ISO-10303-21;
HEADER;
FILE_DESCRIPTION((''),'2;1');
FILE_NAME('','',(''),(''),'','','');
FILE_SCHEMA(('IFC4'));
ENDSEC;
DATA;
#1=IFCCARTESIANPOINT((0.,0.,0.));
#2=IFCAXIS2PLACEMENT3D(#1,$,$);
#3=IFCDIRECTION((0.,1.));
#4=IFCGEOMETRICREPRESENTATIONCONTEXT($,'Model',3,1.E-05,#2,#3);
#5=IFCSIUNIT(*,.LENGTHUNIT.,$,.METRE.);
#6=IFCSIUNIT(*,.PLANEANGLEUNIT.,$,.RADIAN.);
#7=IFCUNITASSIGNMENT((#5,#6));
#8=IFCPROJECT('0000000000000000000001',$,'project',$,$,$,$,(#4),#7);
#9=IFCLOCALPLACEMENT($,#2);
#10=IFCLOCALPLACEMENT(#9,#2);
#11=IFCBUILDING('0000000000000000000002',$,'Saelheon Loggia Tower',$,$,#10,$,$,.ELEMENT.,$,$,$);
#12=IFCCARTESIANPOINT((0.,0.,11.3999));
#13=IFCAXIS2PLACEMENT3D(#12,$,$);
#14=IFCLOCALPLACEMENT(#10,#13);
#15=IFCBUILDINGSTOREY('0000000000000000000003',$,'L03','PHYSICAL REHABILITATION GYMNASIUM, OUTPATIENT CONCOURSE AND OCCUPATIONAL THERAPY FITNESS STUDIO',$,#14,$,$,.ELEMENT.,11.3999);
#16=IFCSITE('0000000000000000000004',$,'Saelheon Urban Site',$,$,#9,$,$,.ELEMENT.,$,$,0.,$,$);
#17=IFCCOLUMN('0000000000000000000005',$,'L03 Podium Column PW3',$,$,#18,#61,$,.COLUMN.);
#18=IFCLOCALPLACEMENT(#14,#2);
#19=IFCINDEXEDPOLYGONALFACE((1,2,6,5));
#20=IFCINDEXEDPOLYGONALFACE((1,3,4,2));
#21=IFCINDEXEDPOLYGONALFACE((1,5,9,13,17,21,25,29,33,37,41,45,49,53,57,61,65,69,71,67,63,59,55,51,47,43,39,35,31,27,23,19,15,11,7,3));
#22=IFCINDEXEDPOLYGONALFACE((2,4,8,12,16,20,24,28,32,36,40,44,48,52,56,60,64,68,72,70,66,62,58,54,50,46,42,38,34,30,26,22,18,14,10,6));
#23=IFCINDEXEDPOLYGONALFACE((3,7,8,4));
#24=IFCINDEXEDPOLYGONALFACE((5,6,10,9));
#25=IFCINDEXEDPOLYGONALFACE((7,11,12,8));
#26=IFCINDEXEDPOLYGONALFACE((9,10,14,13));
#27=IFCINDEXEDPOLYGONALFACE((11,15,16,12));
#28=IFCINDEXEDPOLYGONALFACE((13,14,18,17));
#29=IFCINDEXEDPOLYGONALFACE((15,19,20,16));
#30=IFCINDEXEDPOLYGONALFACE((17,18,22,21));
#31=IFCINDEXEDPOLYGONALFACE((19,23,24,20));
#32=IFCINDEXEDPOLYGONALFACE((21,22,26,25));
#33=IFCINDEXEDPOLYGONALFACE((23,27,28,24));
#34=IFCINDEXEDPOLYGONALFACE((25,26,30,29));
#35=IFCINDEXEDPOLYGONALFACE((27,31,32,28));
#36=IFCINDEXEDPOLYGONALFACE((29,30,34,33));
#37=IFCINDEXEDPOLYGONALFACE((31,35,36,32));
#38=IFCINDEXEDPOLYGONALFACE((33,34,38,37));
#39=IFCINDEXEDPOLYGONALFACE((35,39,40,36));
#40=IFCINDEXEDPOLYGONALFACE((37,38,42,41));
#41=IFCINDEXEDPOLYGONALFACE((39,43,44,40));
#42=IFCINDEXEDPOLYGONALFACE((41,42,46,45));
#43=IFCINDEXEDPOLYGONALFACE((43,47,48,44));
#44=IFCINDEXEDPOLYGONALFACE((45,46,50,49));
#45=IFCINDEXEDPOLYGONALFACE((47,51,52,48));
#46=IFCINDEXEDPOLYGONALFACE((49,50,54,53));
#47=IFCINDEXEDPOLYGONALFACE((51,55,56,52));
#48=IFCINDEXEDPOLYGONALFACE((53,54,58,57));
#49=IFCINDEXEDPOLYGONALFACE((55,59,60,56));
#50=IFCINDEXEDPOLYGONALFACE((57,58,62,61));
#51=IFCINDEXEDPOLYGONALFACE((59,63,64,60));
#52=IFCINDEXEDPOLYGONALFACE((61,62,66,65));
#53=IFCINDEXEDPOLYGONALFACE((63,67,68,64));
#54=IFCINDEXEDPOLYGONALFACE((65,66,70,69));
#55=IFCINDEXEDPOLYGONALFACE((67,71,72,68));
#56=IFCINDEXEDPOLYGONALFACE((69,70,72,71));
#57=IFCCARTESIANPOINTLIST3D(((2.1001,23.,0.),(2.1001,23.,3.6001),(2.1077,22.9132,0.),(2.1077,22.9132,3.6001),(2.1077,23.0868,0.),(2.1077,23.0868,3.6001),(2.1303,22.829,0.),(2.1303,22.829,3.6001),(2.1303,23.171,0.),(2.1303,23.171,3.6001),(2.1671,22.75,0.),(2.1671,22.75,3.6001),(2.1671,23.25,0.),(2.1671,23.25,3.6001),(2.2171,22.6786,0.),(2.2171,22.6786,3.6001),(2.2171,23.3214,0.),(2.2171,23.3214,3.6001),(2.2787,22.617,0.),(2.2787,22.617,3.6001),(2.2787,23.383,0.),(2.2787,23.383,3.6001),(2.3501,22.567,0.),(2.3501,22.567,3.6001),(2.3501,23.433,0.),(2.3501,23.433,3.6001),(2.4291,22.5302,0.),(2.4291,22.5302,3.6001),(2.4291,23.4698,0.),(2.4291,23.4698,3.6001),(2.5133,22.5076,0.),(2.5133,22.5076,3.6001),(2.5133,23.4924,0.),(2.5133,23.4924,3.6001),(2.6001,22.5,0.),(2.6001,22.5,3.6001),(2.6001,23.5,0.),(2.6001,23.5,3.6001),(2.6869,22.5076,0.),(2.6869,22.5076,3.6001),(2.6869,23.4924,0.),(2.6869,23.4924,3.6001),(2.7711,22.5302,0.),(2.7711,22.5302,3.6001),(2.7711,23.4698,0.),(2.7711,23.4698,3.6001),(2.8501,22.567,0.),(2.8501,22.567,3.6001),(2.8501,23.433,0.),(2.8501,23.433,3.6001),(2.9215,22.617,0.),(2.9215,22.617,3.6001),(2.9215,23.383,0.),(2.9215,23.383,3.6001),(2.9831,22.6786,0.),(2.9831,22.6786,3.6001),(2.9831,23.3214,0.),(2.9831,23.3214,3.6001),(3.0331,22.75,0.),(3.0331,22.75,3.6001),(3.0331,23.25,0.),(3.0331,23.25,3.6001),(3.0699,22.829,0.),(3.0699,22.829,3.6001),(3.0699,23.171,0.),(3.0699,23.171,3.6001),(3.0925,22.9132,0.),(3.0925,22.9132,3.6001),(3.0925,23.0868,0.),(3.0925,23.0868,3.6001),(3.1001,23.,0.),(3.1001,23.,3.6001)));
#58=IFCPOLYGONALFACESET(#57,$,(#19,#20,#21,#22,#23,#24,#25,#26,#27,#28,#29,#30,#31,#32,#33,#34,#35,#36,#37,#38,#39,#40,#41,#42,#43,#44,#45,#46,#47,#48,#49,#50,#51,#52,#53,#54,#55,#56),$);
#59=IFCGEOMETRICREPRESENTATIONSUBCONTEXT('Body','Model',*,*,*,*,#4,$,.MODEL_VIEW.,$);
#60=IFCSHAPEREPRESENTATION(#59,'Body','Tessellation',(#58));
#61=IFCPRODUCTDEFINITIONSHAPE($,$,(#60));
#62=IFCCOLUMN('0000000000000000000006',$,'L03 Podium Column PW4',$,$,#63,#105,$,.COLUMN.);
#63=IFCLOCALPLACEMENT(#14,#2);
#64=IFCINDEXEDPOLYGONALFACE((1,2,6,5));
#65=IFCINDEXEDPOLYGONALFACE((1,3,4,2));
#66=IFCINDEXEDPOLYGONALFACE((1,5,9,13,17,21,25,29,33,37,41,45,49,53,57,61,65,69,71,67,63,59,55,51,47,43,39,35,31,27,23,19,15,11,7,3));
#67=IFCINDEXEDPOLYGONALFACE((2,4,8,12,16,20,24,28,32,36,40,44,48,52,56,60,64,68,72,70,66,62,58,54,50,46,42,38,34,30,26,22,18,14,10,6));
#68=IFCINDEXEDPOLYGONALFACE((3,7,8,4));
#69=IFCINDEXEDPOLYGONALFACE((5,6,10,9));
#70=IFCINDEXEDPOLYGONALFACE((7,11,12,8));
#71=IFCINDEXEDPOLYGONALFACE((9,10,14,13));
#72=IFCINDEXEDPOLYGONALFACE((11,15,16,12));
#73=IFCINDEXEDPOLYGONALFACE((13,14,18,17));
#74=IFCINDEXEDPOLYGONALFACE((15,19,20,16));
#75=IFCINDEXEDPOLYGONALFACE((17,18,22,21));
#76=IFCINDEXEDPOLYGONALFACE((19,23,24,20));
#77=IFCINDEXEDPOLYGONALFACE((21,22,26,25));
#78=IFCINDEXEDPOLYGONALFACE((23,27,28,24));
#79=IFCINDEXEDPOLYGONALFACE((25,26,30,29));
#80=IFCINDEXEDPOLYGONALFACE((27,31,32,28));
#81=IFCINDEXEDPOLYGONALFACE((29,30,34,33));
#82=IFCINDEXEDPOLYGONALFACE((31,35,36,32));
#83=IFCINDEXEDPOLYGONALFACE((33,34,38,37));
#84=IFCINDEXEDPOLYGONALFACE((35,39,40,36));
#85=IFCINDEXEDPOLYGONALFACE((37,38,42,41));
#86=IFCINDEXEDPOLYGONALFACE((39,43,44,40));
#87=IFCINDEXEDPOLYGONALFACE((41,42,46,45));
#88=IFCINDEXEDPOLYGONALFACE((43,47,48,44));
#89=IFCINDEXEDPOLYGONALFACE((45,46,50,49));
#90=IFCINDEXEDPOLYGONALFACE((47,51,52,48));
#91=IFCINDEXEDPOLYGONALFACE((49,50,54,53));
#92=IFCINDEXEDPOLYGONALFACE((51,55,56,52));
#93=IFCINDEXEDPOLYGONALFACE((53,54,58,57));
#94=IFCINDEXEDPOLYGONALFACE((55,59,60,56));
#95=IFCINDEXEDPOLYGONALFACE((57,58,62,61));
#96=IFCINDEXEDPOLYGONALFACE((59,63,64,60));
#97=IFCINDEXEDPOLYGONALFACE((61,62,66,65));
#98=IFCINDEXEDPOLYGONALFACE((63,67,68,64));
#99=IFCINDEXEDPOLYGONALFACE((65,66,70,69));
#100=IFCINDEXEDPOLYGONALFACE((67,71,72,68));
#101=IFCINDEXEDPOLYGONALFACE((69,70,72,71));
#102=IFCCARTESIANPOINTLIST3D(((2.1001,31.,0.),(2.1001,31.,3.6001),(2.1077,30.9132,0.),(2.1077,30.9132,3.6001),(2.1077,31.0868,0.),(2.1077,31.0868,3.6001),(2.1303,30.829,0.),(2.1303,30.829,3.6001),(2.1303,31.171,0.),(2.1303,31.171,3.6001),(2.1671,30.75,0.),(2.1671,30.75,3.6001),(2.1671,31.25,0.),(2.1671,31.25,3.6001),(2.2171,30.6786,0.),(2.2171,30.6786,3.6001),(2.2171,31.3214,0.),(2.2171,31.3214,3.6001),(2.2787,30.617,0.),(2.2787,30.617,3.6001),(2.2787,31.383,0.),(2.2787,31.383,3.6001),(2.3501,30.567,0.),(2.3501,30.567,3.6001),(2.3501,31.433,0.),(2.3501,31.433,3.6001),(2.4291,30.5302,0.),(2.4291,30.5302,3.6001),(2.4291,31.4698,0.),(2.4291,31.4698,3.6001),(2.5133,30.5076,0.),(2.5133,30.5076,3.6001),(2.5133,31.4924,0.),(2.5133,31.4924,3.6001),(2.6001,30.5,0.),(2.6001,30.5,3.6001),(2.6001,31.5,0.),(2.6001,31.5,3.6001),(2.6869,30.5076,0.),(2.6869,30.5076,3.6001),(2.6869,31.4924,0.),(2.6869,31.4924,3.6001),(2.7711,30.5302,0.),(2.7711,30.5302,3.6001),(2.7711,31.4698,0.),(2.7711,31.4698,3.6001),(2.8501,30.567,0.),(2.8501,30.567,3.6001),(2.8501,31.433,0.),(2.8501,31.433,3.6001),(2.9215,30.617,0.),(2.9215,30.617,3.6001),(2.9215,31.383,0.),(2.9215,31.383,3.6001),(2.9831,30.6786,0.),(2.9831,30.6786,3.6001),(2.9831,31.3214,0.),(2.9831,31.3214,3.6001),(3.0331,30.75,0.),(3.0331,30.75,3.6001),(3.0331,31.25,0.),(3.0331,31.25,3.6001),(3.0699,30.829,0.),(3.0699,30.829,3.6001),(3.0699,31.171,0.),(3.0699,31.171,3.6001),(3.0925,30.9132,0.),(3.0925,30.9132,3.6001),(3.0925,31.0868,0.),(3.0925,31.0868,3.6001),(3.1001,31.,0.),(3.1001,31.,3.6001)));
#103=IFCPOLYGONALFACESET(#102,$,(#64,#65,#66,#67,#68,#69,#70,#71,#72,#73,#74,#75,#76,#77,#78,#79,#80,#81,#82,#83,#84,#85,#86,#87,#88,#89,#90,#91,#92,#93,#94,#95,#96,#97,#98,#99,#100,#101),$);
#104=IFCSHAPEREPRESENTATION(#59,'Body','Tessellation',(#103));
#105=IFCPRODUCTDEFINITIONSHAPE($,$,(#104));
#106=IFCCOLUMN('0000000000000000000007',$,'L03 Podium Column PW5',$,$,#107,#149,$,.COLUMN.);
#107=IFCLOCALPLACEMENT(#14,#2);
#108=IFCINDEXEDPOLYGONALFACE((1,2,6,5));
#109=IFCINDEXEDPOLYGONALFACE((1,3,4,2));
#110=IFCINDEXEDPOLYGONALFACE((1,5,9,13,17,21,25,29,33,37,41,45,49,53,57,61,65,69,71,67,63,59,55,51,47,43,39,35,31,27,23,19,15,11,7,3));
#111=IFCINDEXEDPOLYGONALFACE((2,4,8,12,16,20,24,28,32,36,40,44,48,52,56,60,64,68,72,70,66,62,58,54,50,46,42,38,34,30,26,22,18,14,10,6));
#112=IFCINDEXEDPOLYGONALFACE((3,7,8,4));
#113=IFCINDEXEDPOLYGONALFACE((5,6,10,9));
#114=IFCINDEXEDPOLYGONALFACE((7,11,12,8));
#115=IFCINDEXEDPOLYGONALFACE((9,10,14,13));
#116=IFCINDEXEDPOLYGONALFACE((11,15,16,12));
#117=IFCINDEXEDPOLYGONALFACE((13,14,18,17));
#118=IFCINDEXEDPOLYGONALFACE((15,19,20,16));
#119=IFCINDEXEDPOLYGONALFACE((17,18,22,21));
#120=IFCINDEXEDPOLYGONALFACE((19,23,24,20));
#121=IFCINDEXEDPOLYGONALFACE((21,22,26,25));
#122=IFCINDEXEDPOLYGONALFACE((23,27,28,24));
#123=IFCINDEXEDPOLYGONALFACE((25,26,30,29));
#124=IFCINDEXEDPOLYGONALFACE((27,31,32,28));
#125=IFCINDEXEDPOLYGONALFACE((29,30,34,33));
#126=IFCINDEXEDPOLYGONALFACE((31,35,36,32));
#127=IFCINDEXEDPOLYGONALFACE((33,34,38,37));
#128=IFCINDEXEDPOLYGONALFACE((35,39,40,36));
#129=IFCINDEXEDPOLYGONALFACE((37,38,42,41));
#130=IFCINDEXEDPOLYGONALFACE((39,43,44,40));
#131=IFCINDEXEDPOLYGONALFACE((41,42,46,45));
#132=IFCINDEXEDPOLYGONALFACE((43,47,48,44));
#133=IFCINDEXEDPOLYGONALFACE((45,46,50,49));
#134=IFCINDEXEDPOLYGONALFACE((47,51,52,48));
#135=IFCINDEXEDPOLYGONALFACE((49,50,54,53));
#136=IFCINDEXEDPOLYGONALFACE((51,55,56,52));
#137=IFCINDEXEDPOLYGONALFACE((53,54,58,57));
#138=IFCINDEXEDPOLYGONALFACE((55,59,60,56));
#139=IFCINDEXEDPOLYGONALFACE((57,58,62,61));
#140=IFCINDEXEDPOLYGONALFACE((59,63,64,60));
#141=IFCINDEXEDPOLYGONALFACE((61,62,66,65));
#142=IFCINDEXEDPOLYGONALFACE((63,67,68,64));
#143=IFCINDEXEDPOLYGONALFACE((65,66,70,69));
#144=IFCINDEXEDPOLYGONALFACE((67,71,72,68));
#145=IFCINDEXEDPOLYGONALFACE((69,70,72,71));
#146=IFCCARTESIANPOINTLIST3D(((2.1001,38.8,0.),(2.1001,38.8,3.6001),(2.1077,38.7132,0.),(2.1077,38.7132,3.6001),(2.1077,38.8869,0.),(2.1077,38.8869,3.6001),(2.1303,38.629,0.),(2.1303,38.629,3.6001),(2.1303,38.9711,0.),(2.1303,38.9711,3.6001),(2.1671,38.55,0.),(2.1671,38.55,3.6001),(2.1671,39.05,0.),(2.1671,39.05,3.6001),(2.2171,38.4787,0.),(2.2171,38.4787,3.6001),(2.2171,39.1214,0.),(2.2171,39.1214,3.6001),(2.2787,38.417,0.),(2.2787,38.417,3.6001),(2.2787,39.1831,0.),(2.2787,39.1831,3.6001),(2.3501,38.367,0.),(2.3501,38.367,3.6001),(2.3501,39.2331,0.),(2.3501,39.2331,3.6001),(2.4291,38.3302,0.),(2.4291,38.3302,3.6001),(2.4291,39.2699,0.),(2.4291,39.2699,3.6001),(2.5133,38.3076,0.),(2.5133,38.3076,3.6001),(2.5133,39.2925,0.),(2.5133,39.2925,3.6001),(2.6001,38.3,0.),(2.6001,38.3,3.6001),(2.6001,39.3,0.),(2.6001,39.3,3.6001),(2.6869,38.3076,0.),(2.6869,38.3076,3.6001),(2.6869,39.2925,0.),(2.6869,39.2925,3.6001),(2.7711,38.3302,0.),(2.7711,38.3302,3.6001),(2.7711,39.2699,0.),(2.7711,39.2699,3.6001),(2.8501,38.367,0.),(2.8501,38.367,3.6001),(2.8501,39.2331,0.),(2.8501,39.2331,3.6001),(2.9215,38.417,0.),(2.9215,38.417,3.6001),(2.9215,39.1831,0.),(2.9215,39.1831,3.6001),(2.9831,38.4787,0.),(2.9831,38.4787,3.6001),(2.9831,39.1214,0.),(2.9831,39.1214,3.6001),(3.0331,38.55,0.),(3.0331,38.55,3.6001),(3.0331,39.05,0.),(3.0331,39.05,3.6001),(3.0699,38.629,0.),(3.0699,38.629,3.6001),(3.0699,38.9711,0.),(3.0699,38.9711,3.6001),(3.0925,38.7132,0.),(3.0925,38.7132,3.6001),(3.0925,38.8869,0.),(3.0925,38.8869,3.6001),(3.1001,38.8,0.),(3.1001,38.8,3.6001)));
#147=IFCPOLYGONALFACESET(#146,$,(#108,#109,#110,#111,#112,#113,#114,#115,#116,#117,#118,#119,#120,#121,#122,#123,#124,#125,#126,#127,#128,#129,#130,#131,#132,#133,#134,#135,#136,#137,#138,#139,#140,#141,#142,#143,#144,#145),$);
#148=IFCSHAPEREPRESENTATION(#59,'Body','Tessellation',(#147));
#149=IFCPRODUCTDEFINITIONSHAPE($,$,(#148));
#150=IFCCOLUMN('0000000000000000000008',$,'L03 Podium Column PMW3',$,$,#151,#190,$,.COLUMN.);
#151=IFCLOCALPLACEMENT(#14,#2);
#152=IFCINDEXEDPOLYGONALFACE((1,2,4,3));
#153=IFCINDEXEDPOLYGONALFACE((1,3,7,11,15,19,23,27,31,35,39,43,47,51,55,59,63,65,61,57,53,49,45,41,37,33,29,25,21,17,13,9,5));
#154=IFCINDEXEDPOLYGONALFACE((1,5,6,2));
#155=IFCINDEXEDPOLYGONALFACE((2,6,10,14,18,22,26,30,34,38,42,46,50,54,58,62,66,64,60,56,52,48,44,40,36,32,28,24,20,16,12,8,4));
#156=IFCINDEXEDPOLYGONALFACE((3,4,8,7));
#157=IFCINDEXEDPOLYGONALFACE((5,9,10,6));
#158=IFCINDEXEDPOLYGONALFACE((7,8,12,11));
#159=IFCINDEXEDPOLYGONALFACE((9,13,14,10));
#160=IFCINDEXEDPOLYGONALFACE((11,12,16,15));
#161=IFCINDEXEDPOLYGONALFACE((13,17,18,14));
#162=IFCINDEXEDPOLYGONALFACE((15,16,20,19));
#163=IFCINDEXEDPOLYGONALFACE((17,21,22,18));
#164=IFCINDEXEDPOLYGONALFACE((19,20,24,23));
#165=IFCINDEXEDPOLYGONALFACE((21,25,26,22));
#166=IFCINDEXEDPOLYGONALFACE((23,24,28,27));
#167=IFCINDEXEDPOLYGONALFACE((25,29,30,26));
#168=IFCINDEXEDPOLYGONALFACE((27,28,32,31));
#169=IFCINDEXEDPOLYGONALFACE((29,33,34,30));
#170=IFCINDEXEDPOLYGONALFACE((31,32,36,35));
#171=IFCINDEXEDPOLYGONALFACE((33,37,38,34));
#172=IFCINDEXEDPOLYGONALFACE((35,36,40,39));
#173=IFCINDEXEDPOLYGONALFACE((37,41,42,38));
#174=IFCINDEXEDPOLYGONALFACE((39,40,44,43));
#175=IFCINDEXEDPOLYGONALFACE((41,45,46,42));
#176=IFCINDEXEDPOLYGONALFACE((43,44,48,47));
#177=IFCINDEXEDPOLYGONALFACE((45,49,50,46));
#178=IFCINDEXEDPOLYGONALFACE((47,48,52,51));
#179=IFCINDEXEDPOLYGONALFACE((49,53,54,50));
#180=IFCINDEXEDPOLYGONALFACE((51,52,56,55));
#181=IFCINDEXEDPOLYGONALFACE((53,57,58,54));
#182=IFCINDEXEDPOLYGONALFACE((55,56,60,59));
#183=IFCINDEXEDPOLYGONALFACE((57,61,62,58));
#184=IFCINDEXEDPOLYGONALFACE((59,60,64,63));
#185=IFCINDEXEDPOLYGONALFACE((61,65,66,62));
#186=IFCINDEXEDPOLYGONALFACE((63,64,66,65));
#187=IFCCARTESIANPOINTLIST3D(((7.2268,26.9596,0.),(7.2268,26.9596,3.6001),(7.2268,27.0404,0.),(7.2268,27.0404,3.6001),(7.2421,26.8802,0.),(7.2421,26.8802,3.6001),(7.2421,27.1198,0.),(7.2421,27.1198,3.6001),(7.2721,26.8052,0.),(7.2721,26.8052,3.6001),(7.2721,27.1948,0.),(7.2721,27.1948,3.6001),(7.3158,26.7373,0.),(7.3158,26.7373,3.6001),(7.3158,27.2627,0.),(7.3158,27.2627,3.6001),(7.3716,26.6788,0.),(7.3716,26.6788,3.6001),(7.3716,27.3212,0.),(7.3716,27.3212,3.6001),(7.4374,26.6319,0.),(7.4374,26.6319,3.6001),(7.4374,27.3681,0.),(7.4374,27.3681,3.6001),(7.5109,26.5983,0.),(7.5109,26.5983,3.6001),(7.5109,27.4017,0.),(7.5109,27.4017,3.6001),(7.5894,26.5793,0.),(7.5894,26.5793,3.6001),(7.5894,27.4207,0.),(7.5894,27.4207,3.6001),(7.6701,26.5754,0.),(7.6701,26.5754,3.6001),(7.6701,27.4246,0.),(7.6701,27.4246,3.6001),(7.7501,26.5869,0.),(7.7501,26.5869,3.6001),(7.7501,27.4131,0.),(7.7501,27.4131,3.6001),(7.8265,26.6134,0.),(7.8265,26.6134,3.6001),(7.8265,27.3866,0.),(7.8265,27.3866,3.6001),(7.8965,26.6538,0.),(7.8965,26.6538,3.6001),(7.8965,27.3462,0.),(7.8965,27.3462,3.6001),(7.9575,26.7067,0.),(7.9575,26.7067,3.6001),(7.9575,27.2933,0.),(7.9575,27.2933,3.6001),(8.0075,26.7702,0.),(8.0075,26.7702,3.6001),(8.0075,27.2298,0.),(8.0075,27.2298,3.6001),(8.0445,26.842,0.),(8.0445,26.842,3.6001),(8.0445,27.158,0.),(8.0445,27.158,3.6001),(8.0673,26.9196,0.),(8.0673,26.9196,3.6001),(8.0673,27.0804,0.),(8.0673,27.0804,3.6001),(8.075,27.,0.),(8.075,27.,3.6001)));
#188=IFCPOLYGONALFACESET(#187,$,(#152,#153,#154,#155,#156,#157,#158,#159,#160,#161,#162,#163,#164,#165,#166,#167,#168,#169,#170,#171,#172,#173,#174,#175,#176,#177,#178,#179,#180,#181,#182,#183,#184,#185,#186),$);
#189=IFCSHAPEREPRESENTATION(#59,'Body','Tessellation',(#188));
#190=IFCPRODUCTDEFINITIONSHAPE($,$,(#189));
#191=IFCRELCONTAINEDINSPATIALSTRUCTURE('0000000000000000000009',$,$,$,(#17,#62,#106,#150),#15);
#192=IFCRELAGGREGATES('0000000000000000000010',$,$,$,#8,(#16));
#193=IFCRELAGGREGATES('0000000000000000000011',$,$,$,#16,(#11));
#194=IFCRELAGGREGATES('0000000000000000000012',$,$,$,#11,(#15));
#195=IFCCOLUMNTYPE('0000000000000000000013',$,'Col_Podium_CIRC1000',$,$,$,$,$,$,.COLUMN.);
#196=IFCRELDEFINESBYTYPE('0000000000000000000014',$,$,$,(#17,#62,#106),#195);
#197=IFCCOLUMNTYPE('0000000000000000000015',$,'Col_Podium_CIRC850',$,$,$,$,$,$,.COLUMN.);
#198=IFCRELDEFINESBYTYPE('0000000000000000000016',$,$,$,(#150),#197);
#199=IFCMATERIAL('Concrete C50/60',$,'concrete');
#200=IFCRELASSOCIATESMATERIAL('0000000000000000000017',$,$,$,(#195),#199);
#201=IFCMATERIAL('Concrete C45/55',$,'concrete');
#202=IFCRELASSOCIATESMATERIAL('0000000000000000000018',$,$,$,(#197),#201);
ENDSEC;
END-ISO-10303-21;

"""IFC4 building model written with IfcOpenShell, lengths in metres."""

from ifc_helpers import new_model, si_unit, direction, frame, origin, origin_2d, place, context, subcontext, project, spatial, circle, extrude, source, transform, mapped, material, material_profile, profile_set, type_object, element, save


model = new_model("IFC4")

# Units and contexts
model_context = context("Model", 3, precision=1e-05, world=origin(), true_north=direction((0.0, 1.0)))
body_context = subcontext(model_context, "Body", "Model", "MODEL_VIEW")
ifc_project = project(units=[si_unit("LENGTHUNIT", "METRE"), si_unit("PLANEANGLEUNIT", "RADIAN")], contexts=[model_context])

# Site, building, storey
site_placement = place(None, origin())
site = spatial("IfcSite", under=ifc_project, at=site_placement, Name="Saelheon Urban Site", CompositionType="ELEMENT", RefElevation=0.0)
building_placement = place(site_placement, origin())
building = spatial("IfcBuilding", under=site, at=building_placement, Name="Saelheon Loggia Tower", CompositionType="ELEMENT")
storey_placement = place(building_placement, frame((0.0, 0.0, 11.3999)))
storey = spatial("IfcBuildingStorey", under=building, at=storey_placement, Name="L03", Description="PHYSICAL REHABILITATION GYMNASIUM, OUTPATIENT CONCOURSE AND OCCUPATIONAL THERAPY FITNESS STUDIO", CompositionType="ELEMENT", Elevation=11.3999)

# Columns
ifc_material_1 = material(Name="Concrete C50/60", Category="concrete")
ifc_material_profile_1 = material_profile(ifc_material_1, circle(Radius=0.5, at=origin_2d()), Name="CIRC-1000")
ifc_profile_set_1 = profile_set([ifc_material_profile_1], Name="Concrete C50/60")
column_type_1 = type_object("IfcColumnType", Name="Col_Podium_CIRC1000", PredefinedType="COLUMN", material=ifc_profile_set_1)
shared_shape_1 = source(origin(), body_context, "Body", "SweptSolid", [
    extrude(circle(Radius=0.5, at=origin_2d()), origin(), (0.0, 0.0, 1.0), 3.6001),
])
for number, where, z_axis, x_axis, name in (
    (1, (2.6001, 23.0, 0.0), (0.0, 0.0, 1.0), (1.0, 0.0, 0.0), "L03 Podium Column PW3"),
    (2, (2.6001, 31.0, 0.0), (0.0, 0.0, 1.0), (1.0, 0.0, 0.0), "L03 Podium Column PW4"),
    (3, (2.6001, 38.8, 0.0), (0.0, 0.0, 1.0), (1.0, 0.0, 0.0), "L03 Podium Column PW5"),
):
    element("IfcColumn", number, at=place(storey_placement, frame(where, z_axis=z_axis, x_axis=x_axis)), inside=storey, type_object=column_type_1, Name=name, PredefinedType="COLUMN", context=body_context, shape_type="MappedRepresentation", body=[
        mapped(shared_shape_1, transform((0.0, 0.0, 0.0), scale=1.0)),
    ])
ifc_material_2 = material(Name="Concrete C45/55", Category="concrete")
ifc_material_profile_2 = material_profile(ifc_material_2, circle(Radius=0.425, at=origin_2d()), Name="CIRC-850")
ifc_profile_set_2 = profile_set([ifc_material_profile_2], Name="Concrete C45/55")
column_type_2 = type_object("IfcColumnType", Name="Col_Podium_CIRC850", PredefinedType="COLUMN", material=ifc_profile_set_2)
shared_shape_2 = source(origin(), body_context, "Body", "SweptSolid", [
    extrude(circle(Radius=0.425, at=origin_2d()), origin(), (0.0, 0.0, 1.0), 3.6001),
])
for number, where, z_axis, x_axis, name in (
    (4, (7.6499, 27.0, 0.0), (0.0, 0.0, 1.0), (1.0, 0.0, 0.0), "L03 Podium Column PMW3"),
):
    element("IfcColumn", number, at=place(storey_placement, frame(where, z_axis=z_axis, x_axis=x_axis)), inside=storey, type_object=column_type_2, Name=name, PredefinedType="COLUMN", context=body_context, shape_type="MappedRepresentation", body=[
        mapped(shared_shape_2, transform((0.0, 0.0, 0.0), scale=1.0)),
    ])

save(model, "model.ifc")
